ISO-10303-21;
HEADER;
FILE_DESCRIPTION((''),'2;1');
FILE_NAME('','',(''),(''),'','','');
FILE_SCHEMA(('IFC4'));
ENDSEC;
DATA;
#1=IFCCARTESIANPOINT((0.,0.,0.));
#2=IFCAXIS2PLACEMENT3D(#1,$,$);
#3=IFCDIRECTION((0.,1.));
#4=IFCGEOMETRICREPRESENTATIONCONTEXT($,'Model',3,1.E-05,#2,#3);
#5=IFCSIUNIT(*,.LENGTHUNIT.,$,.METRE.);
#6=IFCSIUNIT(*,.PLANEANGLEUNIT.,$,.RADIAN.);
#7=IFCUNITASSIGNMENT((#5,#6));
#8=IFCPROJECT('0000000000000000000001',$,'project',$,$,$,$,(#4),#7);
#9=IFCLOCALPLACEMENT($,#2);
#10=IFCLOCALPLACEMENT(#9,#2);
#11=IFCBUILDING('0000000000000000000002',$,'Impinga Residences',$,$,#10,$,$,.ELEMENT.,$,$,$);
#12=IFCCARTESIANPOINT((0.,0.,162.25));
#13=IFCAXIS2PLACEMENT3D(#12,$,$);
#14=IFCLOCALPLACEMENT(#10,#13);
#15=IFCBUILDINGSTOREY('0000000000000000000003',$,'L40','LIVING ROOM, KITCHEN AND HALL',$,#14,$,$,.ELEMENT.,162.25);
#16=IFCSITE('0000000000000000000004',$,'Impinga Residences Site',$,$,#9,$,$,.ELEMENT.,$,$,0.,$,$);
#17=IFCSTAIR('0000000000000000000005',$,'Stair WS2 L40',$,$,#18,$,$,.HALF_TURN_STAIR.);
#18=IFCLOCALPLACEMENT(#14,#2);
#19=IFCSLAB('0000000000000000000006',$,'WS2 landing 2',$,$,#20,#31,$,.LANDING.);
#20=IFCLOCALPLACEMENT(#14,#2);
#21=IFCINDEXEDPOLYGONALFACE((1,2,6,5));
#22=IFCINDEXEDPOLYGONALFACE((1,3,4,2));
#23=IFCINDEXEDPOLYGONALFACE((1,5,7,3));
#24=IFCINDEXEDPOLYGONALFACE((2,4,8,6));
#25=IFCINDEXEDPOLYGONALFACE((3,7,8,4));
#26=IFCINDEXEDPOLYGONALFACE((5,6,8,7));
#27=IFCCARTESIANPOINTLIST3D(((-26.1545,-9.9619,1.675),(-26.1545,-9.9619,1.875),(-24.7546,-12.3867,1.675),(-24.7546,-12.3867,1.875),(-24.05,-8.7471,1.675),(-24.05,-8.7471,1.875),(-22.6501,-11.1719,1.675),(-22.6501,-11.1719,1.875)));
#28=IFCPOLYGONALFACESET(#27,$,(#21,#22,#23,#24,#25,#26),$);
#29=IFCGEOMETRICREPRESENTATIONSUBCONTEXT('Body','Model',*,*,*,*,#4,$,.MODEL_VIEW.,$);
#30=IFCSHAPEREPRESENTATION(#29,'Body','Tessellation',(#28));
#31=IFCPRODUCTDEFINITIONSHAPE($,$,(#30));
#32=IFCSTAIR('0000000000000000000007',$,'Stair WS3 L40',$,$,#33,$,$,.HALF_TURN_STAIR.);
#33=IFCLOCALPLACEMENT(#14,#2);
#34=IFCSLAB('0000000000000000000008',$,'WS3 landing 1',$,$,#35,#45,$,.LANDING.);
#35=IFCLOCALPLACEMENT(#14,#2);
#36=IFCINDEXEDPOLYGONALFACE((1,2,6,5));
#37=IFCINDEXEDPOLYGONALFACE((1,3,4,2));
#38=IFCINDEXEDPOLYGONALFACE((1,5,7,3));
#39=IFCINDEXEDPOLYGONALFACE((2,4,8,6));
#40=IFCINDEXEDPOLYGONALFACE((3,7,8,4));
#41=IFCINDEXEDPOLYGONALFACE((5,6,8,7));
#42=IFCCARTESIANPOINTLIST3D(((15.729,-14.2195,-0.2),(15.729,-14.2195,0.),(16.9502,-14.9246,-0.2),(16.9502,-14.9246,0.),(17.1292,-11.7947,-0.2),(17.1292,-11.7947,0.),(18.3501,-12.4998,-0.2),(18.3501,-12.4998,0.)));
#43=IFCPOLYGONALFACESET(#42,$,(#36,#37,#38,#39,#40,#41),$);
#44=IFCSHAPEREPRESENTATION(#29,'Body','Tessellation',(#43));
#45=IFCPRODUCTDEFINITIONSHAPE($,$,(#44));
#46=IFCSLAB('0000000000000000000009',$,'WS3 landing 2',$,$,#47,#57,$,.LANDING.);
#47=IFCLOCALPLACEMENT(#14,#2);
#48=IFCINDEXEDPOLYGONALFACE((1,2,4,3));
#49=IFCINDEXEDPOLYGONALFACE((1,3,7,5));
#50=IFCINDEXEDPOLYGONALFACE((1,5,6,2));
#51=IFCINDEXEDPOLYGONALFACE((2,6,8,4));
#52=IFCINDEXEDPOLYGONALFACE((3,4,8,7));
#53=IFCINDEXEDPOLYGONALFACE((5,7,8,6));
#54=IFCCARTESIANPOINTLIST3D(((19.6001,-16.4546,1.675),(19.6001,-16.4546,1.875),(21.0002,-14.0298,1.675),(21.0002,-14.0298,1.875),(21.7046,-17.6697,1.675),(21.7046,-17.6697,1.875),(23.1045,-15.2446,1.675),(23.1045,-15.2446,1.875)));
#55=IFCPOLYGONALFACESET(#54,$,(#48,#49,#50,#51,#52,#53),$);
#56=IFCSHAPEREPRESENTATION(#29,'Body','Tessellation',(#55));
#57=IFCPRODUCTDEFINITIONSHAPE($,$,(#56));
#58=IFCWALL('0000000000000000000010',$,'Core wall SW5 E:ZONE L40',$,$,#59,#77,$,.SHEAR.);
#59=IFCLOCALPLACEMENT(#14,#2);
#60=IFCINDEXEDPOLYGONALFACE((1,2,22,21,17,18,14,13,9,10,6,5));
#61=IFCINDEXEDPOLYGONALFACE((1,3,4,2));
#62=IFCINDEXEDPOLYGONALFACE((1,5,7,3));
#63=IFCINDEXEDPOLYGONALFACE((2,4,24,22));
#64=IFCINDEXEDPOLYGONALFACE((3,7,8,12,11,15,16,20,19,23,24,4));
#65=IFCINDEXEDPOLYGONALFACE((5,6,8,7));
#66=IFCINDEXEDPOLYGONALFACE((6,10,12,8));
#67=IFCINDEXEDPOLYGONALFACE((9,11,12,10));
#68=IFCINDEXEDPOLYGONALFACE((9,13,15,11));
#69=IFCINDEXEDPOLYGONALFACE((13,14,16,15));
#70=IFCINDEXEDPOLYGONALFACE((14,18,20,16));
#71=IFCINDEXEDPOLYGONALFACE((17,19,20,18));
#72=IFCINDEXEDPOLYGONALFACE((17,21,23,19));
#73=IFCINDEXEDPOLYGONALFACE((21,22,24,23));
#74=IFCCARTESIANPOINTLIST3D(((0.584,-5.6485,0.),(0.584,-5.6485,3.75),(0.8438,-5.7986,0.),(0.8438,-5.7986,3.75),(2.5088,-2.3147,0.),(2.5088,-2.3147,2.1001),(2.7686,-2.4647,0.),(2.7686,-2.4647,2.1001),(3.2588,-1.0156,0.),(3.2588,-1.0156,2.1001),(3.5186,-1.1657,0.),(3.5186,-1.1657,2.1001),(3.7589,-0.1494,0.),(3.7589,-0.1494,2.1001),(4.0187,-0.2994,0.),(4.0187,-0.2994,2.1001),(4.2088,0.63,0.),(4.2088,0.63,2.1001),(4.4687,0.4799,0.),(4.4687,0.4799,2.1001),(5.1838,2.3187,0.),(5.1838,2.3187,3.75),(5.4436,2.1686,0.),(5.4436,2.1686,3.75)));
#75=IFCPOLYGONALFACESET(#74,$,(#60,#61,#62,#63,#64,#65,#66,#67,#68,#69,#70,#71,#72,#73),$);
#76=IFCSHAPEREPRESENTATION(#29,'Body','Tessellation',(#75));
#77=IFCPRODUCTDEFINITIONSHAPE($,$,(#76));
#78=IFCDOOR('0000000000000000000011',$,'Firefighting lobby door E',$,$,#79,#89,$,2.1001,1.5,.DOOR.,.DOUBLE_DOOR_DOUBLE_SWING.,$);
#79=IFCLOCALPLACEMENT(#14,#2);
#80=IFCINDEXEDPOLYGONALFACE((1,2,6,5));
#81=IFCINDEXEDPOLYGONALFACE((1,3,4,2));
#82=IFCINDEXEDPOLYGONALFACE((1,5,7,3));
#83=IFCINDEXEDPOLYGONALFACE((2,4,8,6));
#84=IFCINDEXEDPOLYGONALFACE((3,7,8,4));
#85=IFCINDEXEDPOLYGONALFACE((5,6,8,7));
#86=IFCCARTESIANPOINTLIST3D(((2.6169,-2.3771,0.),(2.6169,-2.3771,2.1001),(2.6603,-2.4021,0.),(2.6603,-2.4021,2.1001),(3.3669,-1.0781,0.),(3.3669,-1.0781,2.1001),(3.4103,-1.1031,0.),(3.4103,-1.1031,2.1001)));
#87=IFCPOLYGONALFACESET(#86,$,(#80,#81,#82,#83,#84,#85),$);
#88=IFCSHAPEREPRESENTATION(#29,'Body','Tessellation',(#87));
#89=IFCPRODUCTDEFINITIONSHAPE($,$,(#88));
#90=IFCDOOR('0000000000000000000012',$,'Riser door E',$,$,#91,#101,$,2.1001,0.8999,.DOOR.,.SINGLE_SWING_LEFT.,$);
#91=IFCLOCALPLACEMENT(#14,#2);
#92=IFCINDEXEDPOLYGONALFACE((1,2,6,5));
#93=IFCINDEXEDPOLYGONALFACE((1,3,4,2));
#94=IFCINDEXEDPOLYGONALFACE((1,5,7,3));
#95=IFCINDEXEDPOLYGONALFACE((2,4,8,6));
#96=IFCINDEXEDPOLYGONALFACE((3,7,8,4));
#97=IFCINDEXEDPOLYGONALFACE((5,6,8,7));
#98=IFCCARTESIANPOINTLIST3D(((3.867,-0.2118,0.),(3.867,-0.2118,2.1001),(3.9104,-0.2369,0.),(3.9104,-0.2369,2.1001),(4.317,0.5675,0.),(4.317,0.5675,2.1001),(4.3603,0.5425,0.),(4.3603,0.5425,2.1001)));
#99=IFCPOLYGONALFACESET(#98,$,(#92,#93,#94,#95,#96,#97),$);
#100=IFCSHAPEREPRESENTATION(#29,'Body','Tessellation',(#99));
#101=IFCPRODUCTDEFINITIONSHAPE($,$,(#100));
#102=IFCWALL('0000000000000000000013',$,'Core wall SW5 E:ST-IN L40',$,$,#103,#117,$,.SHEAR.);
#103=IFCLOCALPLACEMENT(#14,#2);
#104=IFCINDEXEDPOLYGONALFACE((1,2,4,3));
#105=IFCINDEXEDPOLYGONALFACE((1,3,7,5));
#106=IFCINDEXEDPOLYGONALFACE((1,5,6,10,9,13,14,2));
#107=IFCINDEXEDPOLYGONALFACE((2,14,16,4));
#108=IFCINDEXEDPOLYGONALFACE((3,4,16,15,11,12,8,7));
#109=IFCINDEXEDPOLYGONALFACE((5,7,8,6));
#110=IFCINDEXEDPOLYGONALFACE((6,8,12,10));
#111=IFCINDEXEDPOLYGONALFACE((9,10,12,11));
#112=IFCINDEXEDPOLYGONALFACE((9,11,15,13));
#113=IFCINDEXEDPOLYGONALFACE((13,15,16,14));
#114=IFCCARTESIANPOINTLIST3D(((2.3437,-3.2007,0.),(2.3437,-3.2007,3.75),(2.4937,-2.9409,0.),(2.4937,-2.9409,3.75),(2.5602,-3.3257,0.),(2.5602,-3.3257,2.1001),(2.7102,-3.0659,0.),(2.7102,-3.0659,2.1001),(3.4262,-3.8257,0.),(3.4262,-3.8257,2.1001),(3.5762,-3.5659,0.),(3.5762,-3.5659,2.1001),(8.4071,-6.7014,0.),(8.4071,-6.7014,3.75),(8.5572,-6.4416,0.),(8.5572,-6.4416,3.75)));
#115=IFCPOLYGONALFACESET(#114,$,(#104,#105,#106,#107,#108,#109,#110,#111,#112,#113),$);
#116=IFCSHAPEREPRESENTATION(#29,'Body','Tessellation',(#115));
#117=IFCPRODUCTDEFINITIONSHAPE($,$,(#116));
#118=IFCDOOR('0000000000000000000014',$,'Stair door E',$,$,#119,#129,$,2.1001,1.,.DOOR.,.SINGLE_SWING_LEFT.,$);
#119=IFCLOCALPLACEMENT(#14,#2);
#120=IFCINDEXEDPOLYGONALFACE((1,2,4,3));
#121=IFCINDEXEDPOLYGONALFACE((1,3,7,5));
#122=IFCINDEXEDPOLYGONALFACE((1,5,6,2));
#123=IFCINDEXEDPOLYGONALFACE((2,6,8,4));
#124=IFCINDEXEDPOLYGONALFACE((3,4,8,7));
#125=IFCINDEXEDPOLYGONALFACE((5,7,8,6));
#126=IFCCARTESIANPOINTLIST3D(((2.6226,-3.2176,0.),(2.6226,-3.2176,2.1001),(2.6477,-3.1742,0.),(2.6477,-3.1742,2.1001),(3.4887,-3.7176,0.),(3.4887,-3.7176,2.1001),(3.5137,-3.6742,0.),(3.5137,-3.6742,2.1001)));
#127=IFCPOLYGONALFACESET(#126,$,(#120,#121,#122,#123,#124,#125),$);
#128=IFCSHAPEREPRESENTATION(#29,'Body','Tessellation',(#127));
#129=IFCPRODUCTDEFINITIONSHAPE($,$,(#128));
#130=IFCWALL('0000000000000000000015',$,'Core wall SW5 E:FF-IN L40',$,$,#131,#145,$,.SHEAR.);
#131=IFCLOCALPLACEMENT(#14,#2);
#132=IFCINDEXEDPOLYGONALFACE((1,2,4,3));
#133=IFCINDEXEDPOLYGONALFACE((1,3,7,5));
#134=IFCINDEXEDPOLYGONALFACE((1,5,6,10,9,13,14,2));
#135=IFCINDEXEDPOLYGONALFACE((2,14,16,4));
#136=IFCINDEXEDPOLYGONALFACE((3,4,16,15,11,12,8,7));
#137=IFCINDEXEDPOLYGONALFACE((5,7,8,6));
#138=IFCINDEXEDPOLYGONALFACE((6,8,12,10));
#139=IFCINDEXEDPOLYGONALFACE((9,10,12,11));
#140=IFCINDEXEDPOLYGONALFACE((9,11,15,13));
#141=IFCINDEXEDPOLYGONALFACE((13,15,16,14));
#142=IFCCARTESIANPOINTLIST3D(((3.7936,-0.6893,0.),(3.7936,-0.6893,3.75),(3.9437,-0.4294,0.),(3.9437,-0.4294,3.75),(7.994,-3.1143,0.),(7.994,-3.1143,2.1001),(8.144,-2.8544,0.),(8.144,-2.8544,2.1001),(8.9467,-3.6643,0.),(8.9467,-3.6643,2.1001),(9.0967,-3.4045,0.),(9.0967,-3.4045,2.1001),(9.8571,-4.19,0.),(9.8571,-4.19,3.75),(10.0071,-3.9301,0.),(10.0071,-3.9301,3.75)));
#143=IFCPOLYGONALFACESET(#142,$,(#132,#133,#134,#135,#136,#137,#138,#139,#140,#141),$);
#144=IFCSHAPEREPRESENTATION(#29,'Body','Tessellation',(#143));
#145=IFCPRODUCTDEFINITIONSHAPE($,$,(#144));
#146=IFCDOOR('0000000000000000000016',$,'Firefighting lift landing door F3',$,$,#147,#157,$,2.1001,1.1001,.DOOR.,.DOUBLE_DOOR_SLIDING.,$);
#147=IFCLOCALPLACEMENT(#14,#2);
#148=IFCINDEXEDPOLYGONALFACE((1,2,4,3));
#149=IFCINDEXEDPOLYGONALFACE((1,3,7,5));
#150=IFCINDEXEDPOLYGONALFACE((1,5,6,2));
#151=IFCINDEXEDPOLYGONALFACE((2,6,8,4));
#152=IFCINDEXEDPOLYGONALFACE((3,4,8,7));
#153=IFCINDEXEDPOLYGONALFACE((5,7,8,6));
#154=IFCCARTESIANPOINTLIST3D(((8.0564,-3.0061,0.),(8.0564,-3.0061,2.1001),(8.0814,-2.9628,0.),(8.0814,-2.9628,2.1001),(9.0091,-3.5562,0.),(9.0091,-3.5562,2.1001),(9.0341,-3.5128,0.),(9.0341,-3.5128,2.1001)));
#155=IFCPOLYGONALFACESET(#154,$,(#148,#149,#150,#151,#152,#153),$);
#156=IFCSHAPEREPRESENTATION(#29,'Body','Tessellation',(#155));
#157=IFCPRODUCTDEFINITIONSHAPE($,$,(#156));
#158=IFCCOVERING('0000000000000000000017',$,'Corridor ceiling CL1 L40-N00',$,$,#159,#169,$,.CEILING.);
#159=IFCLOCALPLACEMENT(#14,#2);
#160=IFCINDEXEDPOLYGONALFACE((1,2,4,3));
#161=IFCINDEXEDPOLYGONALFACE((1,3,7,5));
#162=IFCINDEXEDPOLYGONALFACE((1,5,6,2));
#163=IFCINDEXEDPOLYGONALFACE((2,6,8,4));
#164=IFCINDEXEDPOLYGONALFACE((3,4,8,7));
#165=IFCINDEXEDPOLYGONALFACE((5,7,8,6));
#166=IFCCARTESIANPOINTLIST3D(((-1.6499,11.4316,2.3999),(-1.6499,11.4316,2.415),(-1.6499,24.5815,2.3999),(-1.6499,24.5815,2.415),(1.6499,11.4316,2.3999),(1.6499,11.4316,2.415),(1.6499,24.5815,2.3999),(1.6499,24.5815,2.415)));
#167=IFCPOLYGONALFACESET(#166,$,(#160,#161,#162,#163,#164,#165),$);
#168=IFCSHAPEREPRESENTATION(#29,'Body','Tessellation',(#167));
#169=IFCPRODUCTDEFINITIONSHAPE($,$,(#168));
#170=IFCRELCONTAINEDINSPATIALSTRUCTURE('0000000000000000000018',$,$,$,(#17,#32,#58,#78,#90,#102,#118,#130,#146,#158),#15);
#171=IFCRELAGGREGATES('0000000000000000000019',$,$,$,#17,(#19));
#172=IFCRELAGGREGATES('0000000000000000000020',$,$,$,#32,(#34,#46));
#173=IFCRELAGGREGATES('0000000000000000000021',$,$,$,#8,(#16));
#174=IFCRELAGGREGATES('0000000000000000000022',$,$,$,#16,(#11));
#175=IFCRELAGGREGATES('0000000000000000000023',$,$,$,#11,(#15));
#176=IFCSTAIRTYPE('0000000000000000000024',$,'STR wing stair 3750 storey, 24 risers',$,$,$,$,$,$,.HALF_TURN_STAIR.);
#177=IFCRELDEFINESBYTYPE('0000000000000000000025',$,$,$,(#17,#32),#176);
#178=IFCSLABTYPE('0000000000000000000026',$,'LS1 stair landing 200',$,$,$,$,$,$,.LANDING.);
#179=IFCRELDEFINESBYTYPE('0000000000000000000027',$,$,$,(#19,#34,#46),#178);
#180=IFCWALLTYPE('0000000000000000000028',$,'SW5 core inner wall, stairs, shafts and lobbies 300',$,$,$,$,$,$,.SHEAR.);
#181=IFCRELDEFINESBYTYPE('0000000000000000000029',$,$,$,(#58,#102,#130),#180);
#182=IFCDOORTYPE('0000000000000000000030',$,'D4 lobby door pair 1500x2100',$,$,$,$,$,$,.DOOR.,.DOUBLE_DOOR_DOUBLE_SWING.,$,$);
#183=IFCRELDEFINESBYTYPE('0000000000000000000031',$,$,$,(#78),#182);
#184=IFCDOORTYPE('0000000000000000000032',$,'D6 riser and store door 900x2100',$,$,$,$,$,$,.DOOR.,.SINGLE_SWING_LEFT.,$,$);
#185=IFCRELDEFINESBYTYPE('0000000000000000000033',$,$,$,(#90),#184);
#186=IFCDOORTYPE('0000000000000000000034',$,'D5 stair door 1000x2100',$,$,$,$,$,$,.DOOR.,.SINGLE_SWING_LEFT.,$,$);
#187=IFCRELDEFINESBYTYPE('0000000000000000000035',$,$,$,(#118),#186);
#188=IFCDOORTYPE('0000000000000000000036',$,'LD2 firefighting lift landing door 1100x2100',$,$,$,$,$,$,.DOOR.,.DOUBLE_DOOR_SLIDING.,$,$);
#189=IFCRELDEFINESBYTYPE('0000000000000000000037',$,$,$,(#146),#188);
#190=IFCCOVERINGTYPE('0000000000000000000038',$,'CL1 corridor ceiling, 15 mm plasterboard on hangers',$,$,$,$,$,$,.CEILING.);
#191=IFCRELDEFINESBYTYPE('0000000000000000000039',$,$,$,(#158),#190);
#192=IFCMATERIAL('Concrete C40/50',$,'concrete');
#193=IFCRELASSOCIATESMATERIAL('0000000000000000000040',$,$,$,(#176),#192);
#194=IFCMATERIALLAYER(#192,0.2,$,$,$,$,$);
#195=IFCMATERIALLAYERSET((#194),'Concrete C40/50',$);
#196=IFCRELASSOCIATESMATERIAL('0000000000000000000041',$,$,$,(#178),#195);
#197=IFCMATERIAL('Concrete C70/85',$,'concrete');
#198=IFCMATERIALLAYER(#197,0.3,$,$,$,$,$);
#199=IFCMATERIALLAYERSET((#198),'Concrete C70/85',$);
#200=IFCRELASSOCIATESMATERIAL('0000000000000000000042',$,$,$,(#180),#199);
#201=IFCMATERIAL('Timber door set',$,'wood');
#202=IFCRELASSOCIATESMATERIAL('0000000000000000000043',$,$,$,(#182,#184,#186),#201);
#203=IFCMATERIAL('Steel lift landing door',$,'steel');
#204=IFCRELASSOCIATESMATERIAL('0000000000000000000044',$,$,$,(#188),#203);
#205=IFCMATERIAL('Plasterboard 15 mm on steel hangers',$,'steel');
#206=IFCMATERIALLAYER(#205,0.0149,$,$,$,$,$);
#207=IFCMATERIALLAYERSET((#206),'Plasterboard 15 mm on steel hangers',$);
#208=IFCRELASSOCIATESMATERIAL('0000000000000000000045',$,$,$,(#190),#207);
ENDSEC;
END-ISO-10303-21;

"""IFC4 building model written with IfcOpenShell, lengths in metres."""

from ifc_helpers import new_model, si_unit, direction, frame, frame_2d, origin, place, context, subcontext, project, spatial, polyline, rectangle, outline, extrude, material, layer, layer_set, type_object, element, fill, aggregate, save


model = new_model("IFC4")

# Units and contexts
model_context = context("Model", 3, precision=1e-05, world=origin(), true_north=direction((0.0, 1.0)))
body_context = subcontext(model_context, "Body", "Model", "MODEL_VIEW")
ifc_project = project(units=[si_unit("LENGTHUNIT", "METRE"), si_unit("PLANEANGLEUNIT", "RADIAN")], contexts=[model_context])

# Site, building, storey
site_placement = place(None, origin())
site = spatial("IfcSite", under=ifc_project, at=site_placement, Name="Impinga Residences Site", CompositionType="ELEMENT", RefElevation=0.0)
building_placement = place(site_placement, origin())
building = spatial("IfcBuilding", under=site, at=building_placement, Name="Impinga Residences", CompositionType="ELEMENT")
storey_placement = place(building_placement, frame((0.0, 0.0, 162.25)))
storey = spatial("IfcBuildingStorey", under=building, at=storey_placement, Name="L40", Description="LIVING ROOM, KITCHEN AND HALL", CompositionType="ELEMENT", Elevation=162.25)

# Stair, slab
ifc_material_1 = material(Name="Concrete C40/50", Category="concrete")
stair_type = type_object("IfcStairType", Name="STR wing stair 3750 storey, 24 risers", PredefinedType="HALF_TURN_STAIR", material=ifc_material_1)
stair_1_placement = place(storey_placement, origin())
stair_1 = element("IfcStair", 1, at=stair_1_placement, inside=storey, type_object=stair_type, Name="Stair WS2 L40", PredefinedType="HALF_TURN_STAIR")
ifc_layer_1 = layer(ifc_material_1, 0.2)
ifc_layer_set_1 = layer_set([ifc_layer_1], Name="Concrete C40/50")
slab_type = type_object("IfcSlabType", Name="LS1 stair landing 200", PredefinedType="LANDING", material=ifc_layer_set_1)
slab_1_placement = place(storey_placement, frame((0.0, 0.0, 1.675)))
slab_1 = element("IfcSlab", 2, at=slab_1_placement, type_object=slab_type, Name="WS2 landing 2", PredefinedType="LANDING", context=body_context, shape_type="SweptSolid", body=[
    extrude(outline(polyline([(-22.6501, -11.1719), (-24.05, -8.7471), (-26.1545, -9.9619), (-24.7546, -12.3867), (-22.6501, -11.1719)])), origin(), (0.0, 0.0, 1.0), 0.2),
])
aggregate(stair_1, [slab_1])

# Stair, slabs
stair_2_placement = place(storey_placement, origin())
stair_2 = element("IfcStair", 3, at=stair_2_placement, inside=storey, type_object=stair_type, Name="Stair WS3 L40", PredefinedType="HALF_TURN_STAIR")
slab_2_placement = place(storey_placement, frame((0.0, 0.0, -0.2)))
slab_2 = element("IfcSlab", 4, at=slab_2_placement, type_object=slab_type, Name="WS3 landing 1", PredefinedType="LANDING", context=body_context, shape_type="SweptSolid", body=[
    extrude(outline(polyline([(17.1292, -11.7947), (15.729, -14.2195), (16.9502, -14.9246), (18.3501, -12.4998), (17.1292, -11.7947)])), origin(), (0.0, 0.0, 1.0), 0.2),
])
slab_3_placement = place(storey_placement, frame((0.0, 0.0, 1.675)))
slab_3 = element("IfcSlab", 5, at=slab_3_placement, type_object=slab_type, Name="WS3 landing 2", PredefinedType="LANDING", context=body_context, shape_type="SweptSolid", body=[
    extrude(outline(polyline([(21.0002, -14.0298), (19.6001, -16.4546), (21.7046, -17.6697), (23.1045, -15.2446), (21.0002, -14.0298)])), origin(), (0.0, 0.0, 1.0), 0.2),
])
aggregate(stair_2, [slab_2, slab_3])

# Wall, openings, doors
ifc_material_2 = material(Name="Concrete C70/85", Category="concrete")
ifc_layer_2 = layer(ifc_material_2, 0.3)
ifc_layer_set_2 = layer_set([ifc_layer_2], Name="Concrete C70/85")
wall_type = type_object("IfcWallType", Name="SW5 core inner wall, stairs, shafts and lobbies 300", PredefinedType="SHEAR", material=ifc_layer_set_2)
wall_1_placement = place(storey_placement, frame((5.3137, 2.2437, 0.0), z_axis=(0.0, 0.0, 1.0), x_axis=(-0.499995, -0.866028, 0.0)))
wall_1 = element("IfcWall", 6, at=wall_1_placement, inside=storey, type_object=wall_type, Name="Core wall SW5 E:ZONE L40", PredefinedType="SHEAR", context=body_context, shape_type="SweptSolid", body=[
    extrude(rectangle(XDim=9.1997, YDim=0.3, at=frame_2d((4.5999, 0.0))), origin(), (0.0, 0.0, 1.0), 3.75),
])
opening_1_placement = place(wall_1_placement, frame((3.8501, 0.0, 0.0)))
opening_1 = element("IfcOpeningElement", 7, at=opening_1_placement, cuts=wall_1, PredefinedType="OPENING", context=body_context, shape_type="SweptSolid", body=[
    extrude(rectangle(XDim=1.5, YDim=2.1001, at=frame_2d((0.75, 1.05))), frame((0.0, 0.1599, 0.0), z_axis=(0.0, -1.0, 0.0), x_axis=(1.0, 0.0, 0.0)), (0.0, 0.0, 1.0), 0.3201),
])
opening_2_placement = place(wall_1_placement, frame((1.95, 0.0, 0.0)))
opening_2 = element("IfcOpeningElement", 8, at=opening_2_placement, cuts=wall_1, PredefinedType="OPENING", context=body_context, shape_type="SweptSolid", body=[
    extrude(rectangle(XDim=0.8999, YDim=2.1001, at=frame_2d((0.45, 1.05))), frame((0.0, 0.1599, 0.0), z_axis=(0.0, -1.0, 0.0), x_axis=(1.0, 0.0, 0.0)), (0.0, 0.0, 1.0), 0.3201),
])
ifc_material_3 = material(Name="Timber door set", Category="wood")
door_type_1 = type_object("IfcDoorType", Name="D4 lobby door pair 1500x2100", OperationType="DOUBLE_DOOR_DOUBLE_SWING", PredefinedType="DOOR", material=ifc_material_3)
door_1_placement = place(opening_1_placement, origin())
door_1 = element("IfcDoor", 9, at=door_1_placement, inside=storey, type_object=door_type_1, Name="Firefighting lobby door E", OperationType="DOUBLE_DOOR_DOUBLE_SWING", OverallHeight=2.1001, OverallWidth=1.5, PredefinedType="DOOR", context=body_context, shape_type="SweptSolid", body=[
    extrude(rectangle(XDim=1.5, YDim=2.1001, at=frame_2d((0.75, 1.05))), frame((0.0, 0.0249, 0.0), z_axis=(0.0, -1.0, 0.0), x_axis=(1.0, 0.0, 0.0)), (0.0, 0.0, 1.0), 0.05),
])
fill(opening_1, door_1)
door_type_2 = type_object("IfcDoorType", Name="D6 riser and store door 900x2100", OperationType="SINGLE_SWING_LEFT", PredefinedType="DOOR", material=ifc_material_3)
door_2_placement = place(opening_2_placement, origin())
door_2 = element("IfcDoor", 10, at=door_2_placement, inside=storey, type_object=door_type_2, Name="Riser door E", OperationType="SINGLE_SWING_LEFT", OverallHeight=2.1001, OverallWidth=0.8999, PredefinedType="DOOR", context=body_context, shape_type="SweptSolid", body=[
    extrude(rectangle(XDim=0.8999, YDim=2.1001, at=frame_2d((0.45, 1.05))), frame((0.0, 0.0249, 0.0), z_axis=(0.0, -1.0, 0.0), x_axis=(1.0, 0.0, 0.0)), (0.0, 0.0, 1.0), 0.05),
])
fill(opening_2, door_2)

# Walls, openings, doors
wall_2_placement = place(storey_placement, frame((2.4187, -3.0708, 0.0), z_axis=(0.0, 0.0, 1.0), x_axis=(0.866026, -0.499998, 0.0)))
wall_2 = element("IfcWall", 11, at=wall_2_placement, inside=storey, type_object=wall_type, Name="Core wall SW5 E:ST-IN L40", PredefinedType="SHEAR", context=body_context, shape_type="SweptSolid", body=[
    extrude(rectangle(XDim=7.0015, YDim=0.3, at=frame_2d((3.5007, 0.0))), origin(), (0.0, 0.0, 1.0), 3.75),
])
opening_3_placement = place(wall_2_placement, frame((0.25, 0.0, 0.0)))
opening_3 = element("IfcOpeningElement", 12, at=opening_3_placement, cuts=wall_2, PredefinedType="OPENING", context=body_context, shape_type="SweptSolid", body=[
    extrude(rectangle(XDim=1.0, YDim=2.1001, at=frame_2d((0.5, 1.05))), frame((0.0, 0.1599, 0.0), z_axis=(0.0, -1.0, 0.0), x_axis=(1.0, 0.0, 0.0)), (0.0, 0.0, 1.0), 0.3201),
])
door_type_3 = type_object("IfcDoorType", Name="D5 stair door 1000x2100", OperationType="SINGLE_SWING_LEFT", PredefinedType="DOOR", material=ifc_material_3)
door_3_placement = place(opening_3_placement, origin())
door_3 = element("IfcDoor", 13, at=door_3_placement, inside=storey, type_object=door_type_3, Name="Stair door E", OperationType="SINGLE_SWING_LEFT", OverallHeight=2.1001, OverallWidth=1.0, PredefinedType="DOOR", context=body_context, shape_type="SweptSolid", body=[
    extrude(rectangle(XDim=1.0, YDim=2.1001, at=frame_2d((0.5, 1.05))), frame((0.0, 0.0249, 0.0), z_axis=(0.0, -1.0, 0.0), x_axis=(1.0, 0.0, 0.0)), (0.0, 0.0, 1.0), 0.05),
])
fill(opening_3, door_3)
wall_3_placement = place(storey_placement, frame((3.8687, -0.5593, 0.0), z_axis=(0.0, 0.0, 1.0), x_axis=(0.866026, -0.499998, 0.0)))
wall_3 = element("IfcWall", 14, at=wall_3_placement, inside=storey, type_object=wall_type, Name="Core wall SW5 E:FF-IN L40", PredefinedType="SHEAR", context=body_context, shape_type="SweptSolid", body=[
    extrude(rectangle(XDim=7.0015, YDim=0.3, at=frame_2d((3.5007, 0.0))), origin(), (0.0, 0.0, 1.0), 3.75),
])
opening_4_placement = place(wall_3_placement, frame((4.8501, 0.0, 0.0)))
opening_4 = element("IfcOpeningElement", 15, at=opening_4_placement, cuts=wall_3, PredefinedType="OPENING", context=body_context, shape_type="SweptSolid", body=[
    extrude(rectangle(XDim=1.1001, YDim=2.1001, at=frame_2d((0.55, 1.05))), frame((0.0, 0.1599, 0.0), z_axis=(0.0, -1.0, 0.0), x_axis=(1.0, 0.0, 0.0)), (0.0, 0.0, 1.0), 0.3201),
])
ifc_material_4 = material(Name="Steel lift landing door", Category="steel")
door_type_4 = type_object("IfcDoorType", Name="LD2 firefighting lift landing door 1100x2100", OperationType="DOUBLE_DOOR_SLIDING", PredefinedType="DOOR", material=ifc_material_4)
door_4_placement = place(opening_4_placement, origin())
door_4 = element("IfcDoor", 16, at=door_4_placement, inside=storey, type_object=door_type_4, Name="Firefighting lift landing door F3", OperationType="DOUBLE_DOOR_SLIDING", OverallHeight=2.1001, OverallWidth=1.1001, PredefinedType="DOOR", context=body_context, shape_type="SweptSolid", body=[
    extrude(rectangle(XDim=1.1001, YDim=2.1001, at=frame_2d((0.55, 1.05))), frame((0.0, 0.0249, 0.0), z_axis=(0.0, -1.0, 0.0), x_axis=(1.0, 0.0, 0.0)), (0.0, 0.0, 1.0), 0.05),
])
fill(opening_4, door_4)

# Covering
ifc_material_5 = material(Name="Plasterboard 15 mm on steel hangers", Category="steel")
ifc_layer_3 = layer(ifc_material_5, 0.0149)
ifc_layer_set_3 = layer_set([ifc_layer_3], Name="Plasterboard 15 mm on steel hangers")
covering_type_1 = type_object("IfcCoveringType", Name="CL1 corridor ceiling, 15 mm plasterboard on hangers", PredefinedType="CEILING", material=ifc_layer_set_3)
covering_1_placement = place(storey_placement, frame((0.0, 0.0, 2.3999)))
element("IfcCovering", 17, at=covering_1_placement, inside=storey, type_object=covering_type_1, Name="Corridor ceiling CL1 L40-N00", PredefinedType="CEILING", context=body_context, shape_type="SweptSolid", body=[
    extrude(outline(polyline([(-1.6499, 11.4316), (1.6499, 11.4316), (1.6499, 24.5815), (-1.6499, 24.5815), (-1.6499, 11.4316)])), origin(), (0.0, 0.0, 1.0), 0.0151),
])

save(model, "model.ifc")
